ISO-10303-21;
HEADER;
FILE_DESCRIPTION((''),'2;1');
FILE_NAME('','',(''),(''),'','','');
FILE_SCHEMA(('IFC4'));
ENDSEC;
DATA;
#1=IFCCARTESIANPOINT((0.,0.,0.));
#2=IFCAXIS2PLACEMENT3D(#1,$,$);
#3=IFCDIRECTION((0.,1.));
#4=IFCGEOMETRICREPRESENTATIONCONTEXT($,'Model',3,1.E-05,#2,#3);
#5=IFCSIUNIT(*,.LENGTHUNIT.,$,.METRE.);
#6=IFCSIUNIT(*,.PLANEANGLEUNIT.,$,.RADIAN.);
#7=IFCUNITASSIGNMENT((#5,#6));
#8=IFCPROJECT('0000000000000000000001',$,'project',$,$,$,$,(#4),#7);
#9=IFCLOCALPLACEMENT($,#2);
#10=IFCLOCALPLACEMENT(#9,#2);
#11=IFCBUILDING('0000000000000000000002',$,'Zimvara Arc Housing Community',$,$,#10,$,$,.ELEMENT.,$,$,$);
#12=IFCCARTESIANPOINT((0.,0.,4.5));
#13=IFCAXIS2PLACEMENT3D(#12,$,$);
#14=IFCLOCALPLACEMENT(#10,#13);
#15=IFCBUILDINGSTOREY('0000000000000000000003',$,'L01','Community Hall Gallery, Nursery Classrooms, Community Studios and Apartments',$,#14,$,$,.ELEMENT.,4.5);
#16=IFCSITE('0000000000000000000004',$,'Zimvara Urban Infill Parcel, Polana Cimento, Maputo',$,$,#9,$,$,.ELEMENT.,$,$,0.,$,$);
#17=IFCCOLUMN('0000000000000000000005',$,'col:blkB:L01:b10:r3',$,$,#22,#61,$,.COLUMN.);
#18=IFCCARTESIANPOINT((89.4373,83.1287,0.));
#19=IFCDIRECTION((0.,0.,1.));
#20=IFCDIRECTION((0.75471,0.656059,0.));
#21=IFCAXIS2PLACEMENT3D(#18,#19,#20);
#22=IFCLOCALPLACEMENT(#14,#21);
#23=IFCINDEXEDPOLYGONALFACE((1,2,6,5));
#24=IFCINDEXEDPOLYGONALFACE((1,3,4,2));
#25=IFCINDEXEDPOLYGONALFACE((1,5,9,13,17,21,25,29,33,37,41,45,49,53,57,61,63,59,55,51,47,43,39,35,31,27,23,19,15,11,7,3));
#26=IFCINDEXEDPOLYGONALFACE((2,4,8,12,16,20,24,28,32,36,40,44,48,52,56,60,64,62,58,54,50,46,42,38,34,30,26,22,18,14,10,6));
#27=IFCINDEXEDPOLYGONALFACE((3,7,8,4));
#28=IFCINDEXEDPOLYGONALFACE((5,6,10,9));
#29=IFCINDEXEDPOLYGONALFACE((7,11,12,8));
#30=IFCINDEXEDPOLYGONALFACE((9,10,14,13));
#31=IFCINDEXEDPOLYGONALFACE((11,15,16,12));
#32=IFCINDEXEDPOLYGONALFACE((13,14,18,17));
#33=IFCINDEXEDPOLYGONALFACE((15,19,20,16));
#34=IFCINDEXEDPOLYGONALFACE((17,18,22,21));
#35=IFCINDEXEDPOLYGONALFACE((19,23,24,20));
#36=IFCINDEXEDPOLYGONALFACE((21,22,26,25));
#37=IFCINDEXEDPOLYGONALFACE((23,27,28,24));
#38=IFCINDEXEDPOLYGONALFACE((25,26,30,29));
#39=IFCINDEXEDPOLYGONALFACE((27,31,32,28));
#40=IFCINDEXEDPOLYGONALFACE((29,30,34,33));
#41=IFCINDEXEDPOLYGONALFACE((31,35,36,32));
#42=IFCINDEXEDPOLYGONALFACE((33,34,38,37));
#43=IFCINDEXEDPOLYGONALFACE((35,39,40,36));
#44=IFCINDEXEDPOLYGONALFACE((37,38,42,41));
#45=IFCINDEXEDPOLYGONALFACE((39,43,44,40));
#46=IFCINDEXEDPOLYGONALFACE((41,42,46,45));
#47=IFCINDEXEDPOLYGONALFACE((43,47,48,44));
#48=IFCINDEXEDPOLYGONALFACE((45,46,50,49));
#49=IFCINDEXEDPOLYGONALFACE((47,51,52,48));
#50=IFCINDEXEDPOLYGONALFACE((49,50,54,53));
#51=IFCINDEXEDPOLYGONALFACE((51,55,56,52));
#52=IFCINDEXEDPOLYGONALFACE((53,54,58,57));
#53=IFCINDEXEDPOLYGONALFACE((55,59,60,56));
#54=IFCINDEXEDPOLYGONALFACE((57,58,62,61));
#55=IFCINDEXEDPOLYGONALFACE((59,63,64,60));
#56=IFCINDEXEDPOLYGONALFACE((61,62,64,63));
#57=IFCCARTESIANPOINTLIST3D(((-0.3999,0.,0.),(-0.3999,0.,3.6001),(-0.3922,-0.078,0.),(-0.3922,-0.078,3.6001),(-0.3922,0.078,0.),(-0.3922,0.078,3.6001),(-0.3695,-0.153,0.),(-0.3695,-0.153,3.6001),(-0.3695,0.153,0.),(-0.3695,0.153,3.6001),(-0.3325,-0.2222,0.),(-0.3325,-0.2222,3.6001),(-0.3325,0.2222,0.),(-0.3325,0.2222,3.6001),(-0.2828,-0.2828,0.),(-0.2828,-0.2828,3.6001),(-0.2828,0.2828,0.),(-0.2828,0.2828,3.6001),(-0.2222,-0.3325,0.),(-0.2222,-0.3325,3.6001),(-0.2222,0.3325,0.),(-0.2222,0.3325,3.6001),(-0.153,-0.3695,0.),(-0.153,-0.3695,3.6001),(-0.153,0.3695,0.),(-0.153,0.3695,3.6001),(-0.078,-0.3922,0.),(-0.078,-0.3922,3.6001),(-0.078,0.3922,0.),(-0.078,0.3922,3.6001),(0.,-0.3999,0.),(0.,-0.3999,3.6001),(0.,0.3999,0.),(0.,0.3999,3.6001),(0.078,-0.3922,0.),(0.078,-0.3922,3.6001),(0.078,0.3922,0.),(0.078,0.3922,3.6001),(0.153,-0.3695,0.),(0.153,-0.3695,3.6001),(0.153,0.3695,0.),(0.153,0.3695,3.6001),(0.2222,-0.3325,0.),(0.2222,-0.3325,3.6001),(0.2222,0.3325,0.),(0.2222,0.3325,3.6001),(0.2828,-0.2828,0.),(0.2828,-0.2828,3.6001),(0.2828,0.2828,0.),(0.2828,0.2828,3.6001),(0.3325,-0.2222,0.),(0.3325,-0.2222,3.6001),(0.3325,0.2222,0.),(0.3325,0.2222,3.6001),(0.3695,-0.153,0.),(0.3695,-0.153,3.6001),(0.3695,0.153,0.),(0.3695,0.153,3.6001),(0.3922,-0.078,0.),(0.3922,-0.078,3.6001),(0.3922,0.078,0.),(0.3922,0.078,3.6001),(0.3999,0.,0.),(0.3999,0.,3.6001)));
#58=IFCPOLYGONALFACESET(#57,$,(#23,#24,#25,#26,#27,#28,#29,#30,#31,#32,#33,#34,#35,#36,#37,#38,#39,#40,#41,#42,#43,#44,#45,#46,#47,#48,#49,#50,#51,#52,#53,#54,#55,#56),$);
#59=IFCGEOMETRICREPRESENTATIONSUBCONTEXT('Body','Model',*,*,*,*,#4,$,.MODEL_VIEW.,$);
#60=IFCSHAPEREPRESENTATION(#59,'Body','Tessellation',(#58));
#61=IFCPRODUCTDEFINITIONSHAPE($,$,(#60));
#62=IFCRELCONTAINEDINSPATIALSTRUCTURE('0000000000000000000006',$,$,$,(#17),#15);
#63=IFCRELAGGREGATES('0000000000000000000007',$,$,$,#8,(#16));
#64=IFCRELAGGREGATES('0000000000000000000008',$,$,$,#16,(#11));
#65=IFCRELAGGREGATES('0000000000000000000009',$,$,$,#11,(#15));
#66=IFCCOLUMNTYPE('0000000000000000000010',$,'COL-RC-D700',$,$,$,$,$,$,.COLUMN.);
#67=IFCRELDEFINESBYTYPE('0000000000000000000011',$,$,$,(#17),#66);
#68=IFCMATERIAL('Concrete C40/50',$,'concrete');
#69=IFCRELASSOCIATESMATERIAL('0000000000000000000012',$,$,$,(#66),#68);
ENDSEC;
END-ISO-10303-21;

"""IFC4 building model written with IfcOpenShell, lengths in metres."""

from ifc_helpers import new_model, si_unit, direction, frame, origin, origin_2d, place, context, subcontext, project, spatial, circle, extrude, material, material_profile, profile_set, type_object, element, save


model = new_model("IFC4")

# Units and contexts
model_context = context("Model", 3, precision=1e-05, world=origin(), true_north=direction((0.0, 1.0)))
body_context = subcontext(model_context, "Body", "Model", "MODEL_VIEW")
ifc_project = project(units=[si_unit("LENGTHUNIT", "METRE"), si_unit("PLANEANGLEUNIT", "RADIAN")], contexts=[model_context])

# Site, building, storey
site_placement = place(None, origin())
site = spatial("IfcSite", under=ifc_project, at=site_placement, Name="Zimvara Urban Infill Parcel, Polana Cimento, Maputo", CompositionType="ELEMENT", RefElevation=0.0)
building_placement = place(site_placement, origin())
building = spatial("IfcBuilding", under=site, at=building_placement, Name="Zimvara Arc Housing Community", CompositionType="ELEMENT")
storey_placement = place(building_placement, frame((0.0, 0.0, 4.5)))
storey = spatial("IfcBuildingStorey", under=building, at=storey_placement, Name="L01", Description="Community Hall Gallery, Nursery Classrooms, Community Studios and Apartments", CompositionType="ELEMENT", Elevation=4.5)

# Column
ifc_material_1 = material(Name="Concrete C40/50", Category="concrete")
ifc_material_profile_1 = material_profile(ifc_material_1, circle(Radius=0.3999, at=origin_2d()), Name="RC D800")
ifc_profile_set_1 = profile_set([ifc_material_profile_1], Name="Concrete C40/50")
column_type = type_object("IfcColumnType", Name="COL-RC-D700", PredefinedType="COLUMN", material=ifc_profile_set_1)
column_placement = place(storey_placement, frame((89.4373, 83.1287, 0.0), z_axis=(0.0, 0.0, 1.0), x_axis=(0.75471, 0.656059, 0.0)))
element("IfcColumn", 1, at=column_placement, inside=storey, type_object=column_type, Name="col:blkB:L01:b10:r3", PredefinedType="COLUMN", context=body_context, shape_type="SweptSolid", body=[
    extrude(circle(Radius=0.3999, at=origin_2d()), origin(), (0.0, 0.0, 1.0), 3.6001),
])

save(model, "model.ifc")
